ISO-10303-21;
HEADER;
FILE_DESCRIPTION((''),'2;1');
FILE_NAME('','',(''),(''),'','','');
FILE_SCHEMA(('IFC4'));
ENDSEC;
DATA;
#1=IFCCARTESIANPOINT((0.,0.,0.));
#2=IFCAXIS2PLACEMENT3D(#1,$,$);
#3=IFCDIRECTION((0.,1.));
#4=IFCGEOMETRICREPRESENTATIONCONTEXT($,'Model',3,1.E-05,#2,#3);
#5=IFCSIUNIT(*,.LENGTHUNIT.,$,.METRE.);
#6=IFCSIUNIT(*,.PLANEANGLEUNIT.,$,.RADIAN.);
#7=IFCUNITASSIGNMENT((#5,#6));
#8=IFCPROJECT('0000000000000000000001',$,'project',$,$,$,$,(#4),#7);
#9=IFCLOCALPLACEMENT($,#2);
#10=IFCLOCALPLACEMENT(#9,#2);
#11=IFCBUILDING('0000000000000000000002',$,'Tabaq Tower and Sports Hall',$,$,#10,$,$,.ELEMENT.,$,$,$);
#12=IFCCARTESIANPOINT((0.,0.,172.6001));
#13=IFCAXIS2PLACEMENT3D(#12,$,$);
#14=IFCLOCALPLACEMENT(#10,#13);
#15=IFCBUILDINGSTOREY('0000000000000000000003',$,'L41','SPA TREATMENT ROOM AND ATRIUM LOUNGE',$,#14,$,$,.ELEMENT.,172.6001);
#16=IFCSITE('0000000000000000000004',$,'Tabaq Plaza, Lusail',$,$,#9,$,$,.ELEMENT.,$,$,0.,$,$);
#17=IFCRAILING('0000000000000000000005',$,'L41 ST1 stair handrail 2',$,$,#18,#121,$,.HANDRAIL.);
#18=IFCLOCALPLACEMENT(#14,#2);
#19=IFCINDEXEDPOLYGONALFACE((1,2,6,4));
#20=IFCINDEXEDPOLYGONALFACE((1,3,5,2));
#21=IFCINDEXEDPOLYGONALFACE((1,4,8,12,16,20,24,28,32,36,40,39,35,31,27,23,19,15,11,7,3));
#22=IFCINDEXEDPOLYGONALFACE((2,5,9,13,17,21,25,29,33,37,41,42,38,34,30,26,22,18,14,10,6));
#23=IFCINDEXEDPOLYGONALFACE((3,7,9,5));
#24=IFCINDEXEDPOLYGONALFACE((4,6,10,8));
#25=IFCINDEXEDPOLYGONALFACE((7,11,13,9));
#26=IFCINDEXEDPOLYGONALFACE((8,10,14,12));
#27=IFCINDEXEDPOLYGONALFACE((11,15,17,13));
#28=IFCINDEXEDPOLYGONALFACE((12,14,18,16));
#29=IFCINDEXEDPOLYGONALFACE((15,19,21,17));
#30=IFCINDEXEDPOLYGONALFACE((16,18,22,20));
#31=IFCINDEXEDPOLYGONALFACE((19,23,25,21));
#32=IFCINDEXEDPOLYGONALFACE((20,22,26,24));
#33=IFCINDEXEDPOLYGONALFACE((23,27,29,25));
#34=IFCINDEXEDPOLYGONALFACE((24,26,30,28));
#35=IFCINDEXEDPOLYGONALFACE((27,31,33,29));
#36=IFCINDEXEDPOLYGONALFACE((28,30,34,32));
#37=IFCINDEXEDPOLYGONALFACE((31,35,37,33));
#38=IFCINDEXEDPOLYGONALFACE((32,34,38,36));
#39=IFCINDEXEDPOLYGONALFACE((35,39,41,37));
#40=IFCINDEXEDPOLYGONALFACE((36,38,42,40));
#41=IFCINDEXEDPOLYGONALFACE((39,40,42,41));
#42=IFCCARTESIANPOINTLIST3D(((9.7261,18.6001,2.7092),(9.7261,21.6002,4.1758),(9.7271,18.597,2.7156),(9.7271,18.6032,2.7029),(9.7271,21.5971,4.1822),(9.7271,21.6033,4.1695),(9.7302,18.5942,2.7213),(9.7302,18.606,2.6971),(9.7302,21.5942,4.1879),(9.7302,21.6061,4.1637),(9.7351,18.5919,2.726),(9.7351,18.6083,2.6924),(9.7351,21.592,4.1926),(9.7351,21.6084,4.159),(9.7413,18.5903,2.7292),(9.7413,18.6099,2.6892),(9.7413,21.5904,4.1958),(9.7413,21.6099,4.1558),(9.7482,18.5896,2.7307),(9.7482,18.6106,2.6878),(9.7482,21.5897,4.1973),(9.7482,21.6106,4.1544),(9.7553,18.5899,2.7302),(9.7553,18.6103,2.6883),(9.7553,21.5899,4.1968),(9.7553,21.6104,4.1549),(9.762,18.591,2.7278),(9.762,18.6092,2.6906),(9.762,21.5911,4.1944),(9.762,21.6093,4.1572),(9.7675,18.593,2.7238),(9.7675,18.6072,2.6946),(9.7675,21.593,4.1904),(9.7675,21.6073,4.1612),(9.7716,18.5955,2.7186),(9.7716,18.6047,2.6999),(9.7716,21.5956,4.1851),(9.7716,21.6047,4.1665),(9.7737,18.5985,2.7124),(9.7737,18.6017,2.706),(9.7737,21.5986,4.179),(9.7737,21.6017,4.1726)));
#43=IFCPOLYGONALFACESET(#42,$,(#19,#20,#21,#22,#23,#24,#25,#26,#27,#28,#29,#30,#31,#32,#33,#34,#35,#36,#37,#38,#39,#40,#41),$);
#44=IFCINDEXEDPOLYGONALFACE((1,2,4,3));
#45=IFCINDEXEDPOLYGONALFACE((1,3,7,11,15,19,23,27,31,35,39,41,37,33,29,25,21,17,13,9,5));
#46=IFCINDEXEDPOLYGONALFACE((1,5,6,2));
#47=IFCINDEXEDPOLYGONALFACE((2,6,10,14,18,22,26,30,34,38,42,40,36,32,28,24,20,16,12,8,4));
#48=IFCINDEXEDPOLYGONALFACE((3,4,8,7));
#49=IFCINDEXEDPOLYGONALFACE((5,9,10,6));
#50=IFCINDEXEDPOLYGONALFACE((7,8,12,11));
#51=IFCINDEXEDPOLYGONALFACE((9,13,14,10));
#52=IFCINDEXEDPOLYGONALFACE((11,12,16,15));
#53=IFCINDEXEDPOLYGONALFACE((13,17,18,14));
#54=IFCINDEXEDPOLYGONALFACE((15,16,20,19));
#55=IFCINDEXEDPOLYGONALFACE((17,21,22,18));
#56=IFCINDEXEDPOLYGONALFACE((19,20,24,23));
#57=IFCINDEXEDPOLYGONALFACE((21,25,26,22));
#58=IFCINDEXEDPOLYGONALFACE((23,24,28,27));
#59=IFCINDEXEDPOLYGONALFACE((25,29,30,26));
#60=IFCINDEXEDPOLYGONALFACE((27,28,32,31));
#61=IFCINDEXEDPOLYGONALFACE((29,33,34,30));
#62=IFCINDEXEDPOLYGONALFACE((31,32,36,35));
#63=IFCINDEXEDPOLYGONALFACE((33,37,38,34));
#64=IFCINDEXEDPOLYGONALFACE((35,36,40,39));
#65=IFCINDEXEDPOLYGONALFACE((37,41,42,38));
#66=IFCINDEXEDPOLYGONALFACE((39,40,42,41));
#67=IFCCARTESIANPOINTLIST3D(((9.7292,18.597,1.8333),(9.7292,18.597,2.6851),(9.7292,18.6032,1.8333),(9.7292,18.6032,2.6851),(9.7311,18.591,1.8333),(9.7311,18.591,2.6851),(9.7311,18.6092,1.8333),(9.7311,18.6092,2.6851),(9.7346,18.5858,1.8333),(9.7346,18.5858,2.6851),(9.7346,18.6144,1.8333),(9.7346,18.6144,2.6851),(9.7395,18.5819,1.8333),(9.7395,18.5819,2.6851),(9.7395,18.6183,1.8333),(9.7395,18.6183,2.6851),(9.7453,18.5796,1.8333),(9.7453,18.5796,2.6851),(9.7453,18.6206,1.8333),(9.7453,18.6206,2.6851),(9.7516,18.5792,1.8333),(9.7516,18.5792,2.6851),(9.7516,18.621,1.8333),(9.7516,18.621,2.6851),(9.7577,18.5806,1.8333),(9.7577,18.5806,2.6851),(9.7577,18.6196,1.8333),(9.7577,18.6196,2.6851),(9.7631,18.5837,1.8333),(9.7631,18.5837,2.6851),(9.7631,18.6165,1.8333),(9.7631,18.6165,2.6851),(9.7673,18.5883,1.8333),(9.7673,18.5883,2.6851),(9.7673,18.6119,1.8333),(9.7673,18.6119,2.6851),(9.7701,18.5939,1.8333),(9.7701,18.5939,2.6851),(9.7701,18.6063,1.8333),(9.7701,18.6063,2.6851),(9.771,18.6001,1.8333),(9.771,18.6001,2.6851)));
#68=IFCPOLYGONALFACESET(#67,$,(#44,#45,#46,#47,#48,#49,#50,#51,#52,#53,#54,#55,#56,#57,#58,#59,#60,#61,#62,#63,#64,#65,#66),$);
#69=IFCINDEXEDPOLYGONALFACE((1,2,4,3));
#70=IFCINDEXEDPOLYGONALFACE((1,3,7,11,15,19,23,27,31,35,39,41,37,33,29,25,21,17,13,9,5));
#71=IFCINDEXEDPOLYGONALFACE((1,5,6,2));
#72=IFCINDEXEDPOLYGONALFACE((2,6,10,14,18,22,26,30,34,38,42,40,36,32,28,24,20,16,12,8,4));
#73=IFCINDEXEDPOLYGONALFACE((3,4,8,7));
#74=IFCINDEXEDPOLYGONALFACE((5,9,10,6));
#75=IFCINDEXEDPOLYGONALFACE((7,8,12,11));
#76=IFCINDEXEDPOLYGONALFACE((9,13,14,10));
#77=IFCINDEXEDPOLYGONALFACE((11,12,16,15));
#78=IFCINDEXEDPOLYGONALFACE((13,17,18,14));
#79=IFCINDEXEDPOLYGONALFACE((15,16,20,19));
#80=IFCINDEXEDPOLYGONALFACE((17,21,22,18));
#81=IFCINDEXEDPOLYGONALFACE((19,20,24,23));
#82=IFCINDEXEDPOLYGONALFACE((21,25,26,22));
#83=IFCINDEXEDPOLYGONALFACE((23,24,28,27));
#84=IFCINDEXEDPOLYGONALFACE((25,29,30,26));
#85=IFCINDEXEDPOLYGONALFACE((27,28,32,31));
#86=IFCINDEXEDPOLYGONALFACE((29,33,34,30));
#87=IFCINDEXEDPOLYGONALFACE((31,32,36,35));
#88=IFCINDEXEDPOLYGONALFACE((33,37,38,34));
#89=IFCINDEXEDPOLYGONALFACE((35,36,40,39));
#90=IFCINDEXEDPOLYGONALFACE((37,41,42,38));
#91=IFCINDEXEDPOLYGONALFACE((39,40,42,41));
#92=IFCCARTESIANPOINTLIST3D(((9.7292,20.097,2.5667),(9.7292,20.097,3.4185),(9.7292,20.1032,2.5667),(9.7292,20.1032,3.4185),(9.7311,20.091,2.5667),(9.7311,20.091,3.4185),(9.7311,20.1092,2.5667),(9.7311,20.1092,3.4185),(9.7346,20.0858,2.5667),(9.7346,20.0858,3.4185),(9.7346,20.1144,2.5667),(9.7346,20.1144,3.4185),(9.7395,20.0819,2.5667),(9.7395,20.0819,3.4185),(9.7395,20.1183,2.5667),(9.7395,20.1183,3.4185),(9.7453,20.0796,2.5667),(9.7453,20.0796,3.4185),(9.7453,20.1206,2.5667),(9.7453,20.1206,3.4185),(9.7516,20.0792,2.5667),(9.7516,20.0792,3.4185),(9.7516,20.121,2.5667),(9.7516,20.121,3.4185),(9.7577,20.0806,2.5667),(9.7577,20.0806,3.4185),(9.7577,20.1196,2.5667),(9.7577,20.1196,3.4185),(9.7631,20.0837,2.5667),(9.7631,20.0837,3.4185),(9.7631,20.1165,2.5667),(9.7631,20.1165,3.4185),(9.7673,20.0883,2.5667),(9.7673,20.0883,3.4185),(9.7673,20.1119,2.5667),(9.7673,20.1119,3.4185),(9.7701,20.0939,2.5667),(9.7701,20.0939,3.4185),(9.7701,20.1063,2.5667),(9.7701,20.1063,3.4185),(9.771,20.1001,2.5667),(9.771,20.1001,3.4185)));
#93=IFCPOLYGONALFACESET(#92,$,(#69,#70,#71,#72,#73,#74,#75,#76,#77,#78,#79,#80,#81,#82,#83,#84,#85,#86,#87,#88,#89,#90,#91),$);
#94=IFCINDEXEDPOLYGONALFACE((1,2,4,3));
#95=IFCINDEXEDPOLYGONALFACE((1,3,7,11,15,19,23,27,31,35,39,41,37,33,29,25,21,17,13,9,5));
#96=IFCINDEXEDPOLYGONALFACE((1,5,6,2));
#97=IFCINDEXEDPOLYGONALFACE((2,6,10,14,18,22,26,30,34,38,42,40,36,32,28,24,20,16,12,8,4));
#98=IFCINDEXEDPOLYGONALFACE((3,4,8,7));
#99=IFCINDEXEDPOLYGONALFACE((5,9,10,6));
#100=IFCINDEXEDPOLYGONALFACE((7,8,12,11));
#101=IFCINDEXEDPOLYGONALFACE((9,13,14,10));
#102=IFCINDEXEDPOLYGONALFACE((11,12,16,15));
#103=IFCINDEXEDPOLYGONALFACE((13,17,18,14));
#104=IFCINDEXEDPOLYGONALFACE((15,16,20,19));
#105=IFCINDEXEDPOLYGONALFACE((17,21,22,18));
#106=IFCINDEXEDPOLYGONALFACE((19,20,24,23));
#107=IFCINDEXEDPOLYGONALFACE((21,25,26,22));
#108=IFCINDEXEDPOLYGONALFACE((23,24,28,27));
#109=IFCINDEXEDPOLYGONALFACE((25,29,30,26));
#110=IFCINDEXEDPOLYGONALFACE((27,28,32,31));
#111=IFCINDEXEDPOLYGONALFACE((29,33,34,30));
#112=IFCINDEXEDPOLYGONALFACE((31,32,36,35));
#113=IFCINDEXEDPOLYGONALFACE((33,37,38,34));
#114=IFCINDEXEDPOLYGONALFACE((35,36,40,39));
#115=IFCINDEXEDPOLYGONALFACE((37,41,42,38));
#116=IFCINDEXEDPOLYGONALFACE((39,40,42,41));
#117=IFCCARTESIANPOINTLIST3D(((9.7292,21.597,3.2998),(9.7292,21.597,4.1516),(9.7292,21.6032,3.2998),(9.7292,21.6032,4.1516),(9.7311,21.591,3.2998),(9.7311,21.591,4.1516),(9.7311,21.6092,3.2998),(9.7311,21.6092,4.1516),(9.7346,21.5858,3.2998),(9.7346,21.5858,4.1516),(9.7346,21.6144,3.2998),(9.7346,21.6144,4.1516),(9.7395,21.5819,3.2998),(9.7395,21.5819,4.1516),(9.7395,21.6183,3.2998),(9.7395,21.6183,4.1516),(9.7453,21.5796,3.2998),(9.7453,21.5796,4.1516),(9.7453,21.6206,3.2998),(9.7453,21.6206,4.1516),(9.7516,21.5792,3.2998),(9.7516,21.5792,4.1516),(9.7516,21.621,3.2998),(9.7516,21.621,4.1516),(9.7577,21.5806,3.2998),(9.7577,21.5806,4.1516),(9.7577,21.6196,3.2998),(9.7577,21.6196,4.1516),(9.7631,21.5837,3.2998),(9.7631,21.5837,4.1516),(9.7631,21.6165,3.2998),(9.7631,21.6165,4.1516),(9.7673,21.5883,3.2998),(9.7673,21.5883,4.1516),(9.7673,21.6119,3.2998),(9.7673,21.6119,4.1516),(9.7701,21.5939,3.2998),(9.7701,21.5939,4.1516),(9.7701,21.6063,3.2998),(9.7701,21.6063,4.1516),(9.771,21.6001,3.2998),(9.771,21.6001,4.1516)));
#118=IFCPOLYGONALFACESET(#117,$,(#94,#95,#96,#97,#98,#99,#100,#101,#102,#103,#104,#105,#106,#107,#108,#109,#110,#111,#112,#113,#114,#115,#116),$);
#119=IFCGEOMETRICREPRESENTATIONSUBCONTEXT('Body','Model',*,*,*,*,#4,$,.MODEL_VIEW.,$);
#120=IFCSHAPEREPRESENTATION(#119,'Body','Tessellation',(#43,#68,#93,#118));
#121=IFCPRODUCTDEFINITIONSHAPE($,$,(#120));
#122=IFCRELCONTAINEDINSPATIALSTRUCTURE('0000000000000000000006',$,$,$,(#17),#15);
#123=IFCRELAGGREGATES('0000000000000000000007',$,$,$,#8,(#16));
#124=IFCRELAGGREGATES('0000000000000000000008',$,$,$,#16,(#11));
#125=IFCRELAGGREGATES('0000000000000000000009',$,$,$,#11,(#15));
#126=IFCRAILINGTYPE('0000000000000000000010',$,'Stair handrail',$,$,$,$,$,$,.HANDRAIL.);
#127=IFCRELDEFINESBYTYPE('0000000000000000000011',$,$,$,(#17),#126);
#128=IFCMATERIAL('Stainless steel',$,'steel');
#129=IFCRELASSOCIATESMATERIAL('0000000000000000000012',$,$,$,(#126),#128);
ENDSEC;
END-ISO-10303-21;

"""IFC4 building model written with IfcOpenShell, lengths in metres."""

from ifc_helpers import new_model, si_unit, direction, frame, origin, origin_2d, place, context, subcontext, project, spatial, circle, extrude, material, type_object, element, save


model = new_model("IFC4")

# Units and contexts
model_context = context("Model", 3, precision=1e-05, world=origin(), true_north=direction((0.0, 1.0)))
body_context = subcontext(model_context, "Body", "Model", "MODEL_VIEW")
ifc_project = project(units=[si_unit("LENGTHUNIT", "METRE"), si_unit("PLANEANGLEUNIT", "RADIAN")], contexts=[model_context])

# Site, building, storey
site_placement = place(None, origin())
site = spatial("IfcSite", under=ifc_project, at=site_placement, Name="Tabaq Plaza, Lusail", CompositionType="ELEMENT", RefElevation=0.0)
building_placement = place(site_placement, origin())
building = spatial("IfcBuilding", under=site, at=building_placement, Name="Tabaq Tower and Sports Hall", CompositionType="ELEMENT")
storey_placement = place(building_placement, frame((0.0, 0.0, 172.6001)))
storey = spatial("IfcBuildingStorey", under=building, at=storey_placement, Name="L41", Description="SPA TREATMENT ROOM AND ATRIUM LOUNGE", CompositionType="ELEMENT", Elevation=172.6001)

# Railing
ifc_material_1 = material(Name="Stainless steel", Category="steel")
railing_type = type_object("IfcRailingType", Name="Stair handrail", PredefinedType="HANDRAIL", material=ifc_material_1)
railing_1_placement = place(storey_placement, frame((9.75, 18.6001, 1.8333)))
element("IfcRailing", 1, at=railing_1_placement, inside=storey, type_object=railing_type, Name="L41 ST1 stair handrail 2", PredefinedType="HANDRAIL", context=body_context, shape_type="SweptSolid", body=[
    extrude(circle(Radius=0.0239, at=origin_2d()), frame((0.0, 0.0, 0.876), z_axis=(0.0, 0.898398, 0.439183), x_axis=(-1.0, 0.0, 0.0)), (0.0, 0.0, 1.0), 3.3394),
    extrude(circle(Radius=0.021, at=origin_2d()), origin(), (0.0, 0.0, 1.0), 0.8518),
    extrude(circle(Radius=0.021, at=origin_2d()), frame((0.0, 1.5, 0.7334)), (0.0, 0.0, 1.0), 0.8518),
    extrude(circle(Radius=0.021, at=origin_2d()), frame((0.0, 3.0, 1.4666)), (0.0, 0.0, 1.0), 0.8518),
])

save(model, "model.ifc")
